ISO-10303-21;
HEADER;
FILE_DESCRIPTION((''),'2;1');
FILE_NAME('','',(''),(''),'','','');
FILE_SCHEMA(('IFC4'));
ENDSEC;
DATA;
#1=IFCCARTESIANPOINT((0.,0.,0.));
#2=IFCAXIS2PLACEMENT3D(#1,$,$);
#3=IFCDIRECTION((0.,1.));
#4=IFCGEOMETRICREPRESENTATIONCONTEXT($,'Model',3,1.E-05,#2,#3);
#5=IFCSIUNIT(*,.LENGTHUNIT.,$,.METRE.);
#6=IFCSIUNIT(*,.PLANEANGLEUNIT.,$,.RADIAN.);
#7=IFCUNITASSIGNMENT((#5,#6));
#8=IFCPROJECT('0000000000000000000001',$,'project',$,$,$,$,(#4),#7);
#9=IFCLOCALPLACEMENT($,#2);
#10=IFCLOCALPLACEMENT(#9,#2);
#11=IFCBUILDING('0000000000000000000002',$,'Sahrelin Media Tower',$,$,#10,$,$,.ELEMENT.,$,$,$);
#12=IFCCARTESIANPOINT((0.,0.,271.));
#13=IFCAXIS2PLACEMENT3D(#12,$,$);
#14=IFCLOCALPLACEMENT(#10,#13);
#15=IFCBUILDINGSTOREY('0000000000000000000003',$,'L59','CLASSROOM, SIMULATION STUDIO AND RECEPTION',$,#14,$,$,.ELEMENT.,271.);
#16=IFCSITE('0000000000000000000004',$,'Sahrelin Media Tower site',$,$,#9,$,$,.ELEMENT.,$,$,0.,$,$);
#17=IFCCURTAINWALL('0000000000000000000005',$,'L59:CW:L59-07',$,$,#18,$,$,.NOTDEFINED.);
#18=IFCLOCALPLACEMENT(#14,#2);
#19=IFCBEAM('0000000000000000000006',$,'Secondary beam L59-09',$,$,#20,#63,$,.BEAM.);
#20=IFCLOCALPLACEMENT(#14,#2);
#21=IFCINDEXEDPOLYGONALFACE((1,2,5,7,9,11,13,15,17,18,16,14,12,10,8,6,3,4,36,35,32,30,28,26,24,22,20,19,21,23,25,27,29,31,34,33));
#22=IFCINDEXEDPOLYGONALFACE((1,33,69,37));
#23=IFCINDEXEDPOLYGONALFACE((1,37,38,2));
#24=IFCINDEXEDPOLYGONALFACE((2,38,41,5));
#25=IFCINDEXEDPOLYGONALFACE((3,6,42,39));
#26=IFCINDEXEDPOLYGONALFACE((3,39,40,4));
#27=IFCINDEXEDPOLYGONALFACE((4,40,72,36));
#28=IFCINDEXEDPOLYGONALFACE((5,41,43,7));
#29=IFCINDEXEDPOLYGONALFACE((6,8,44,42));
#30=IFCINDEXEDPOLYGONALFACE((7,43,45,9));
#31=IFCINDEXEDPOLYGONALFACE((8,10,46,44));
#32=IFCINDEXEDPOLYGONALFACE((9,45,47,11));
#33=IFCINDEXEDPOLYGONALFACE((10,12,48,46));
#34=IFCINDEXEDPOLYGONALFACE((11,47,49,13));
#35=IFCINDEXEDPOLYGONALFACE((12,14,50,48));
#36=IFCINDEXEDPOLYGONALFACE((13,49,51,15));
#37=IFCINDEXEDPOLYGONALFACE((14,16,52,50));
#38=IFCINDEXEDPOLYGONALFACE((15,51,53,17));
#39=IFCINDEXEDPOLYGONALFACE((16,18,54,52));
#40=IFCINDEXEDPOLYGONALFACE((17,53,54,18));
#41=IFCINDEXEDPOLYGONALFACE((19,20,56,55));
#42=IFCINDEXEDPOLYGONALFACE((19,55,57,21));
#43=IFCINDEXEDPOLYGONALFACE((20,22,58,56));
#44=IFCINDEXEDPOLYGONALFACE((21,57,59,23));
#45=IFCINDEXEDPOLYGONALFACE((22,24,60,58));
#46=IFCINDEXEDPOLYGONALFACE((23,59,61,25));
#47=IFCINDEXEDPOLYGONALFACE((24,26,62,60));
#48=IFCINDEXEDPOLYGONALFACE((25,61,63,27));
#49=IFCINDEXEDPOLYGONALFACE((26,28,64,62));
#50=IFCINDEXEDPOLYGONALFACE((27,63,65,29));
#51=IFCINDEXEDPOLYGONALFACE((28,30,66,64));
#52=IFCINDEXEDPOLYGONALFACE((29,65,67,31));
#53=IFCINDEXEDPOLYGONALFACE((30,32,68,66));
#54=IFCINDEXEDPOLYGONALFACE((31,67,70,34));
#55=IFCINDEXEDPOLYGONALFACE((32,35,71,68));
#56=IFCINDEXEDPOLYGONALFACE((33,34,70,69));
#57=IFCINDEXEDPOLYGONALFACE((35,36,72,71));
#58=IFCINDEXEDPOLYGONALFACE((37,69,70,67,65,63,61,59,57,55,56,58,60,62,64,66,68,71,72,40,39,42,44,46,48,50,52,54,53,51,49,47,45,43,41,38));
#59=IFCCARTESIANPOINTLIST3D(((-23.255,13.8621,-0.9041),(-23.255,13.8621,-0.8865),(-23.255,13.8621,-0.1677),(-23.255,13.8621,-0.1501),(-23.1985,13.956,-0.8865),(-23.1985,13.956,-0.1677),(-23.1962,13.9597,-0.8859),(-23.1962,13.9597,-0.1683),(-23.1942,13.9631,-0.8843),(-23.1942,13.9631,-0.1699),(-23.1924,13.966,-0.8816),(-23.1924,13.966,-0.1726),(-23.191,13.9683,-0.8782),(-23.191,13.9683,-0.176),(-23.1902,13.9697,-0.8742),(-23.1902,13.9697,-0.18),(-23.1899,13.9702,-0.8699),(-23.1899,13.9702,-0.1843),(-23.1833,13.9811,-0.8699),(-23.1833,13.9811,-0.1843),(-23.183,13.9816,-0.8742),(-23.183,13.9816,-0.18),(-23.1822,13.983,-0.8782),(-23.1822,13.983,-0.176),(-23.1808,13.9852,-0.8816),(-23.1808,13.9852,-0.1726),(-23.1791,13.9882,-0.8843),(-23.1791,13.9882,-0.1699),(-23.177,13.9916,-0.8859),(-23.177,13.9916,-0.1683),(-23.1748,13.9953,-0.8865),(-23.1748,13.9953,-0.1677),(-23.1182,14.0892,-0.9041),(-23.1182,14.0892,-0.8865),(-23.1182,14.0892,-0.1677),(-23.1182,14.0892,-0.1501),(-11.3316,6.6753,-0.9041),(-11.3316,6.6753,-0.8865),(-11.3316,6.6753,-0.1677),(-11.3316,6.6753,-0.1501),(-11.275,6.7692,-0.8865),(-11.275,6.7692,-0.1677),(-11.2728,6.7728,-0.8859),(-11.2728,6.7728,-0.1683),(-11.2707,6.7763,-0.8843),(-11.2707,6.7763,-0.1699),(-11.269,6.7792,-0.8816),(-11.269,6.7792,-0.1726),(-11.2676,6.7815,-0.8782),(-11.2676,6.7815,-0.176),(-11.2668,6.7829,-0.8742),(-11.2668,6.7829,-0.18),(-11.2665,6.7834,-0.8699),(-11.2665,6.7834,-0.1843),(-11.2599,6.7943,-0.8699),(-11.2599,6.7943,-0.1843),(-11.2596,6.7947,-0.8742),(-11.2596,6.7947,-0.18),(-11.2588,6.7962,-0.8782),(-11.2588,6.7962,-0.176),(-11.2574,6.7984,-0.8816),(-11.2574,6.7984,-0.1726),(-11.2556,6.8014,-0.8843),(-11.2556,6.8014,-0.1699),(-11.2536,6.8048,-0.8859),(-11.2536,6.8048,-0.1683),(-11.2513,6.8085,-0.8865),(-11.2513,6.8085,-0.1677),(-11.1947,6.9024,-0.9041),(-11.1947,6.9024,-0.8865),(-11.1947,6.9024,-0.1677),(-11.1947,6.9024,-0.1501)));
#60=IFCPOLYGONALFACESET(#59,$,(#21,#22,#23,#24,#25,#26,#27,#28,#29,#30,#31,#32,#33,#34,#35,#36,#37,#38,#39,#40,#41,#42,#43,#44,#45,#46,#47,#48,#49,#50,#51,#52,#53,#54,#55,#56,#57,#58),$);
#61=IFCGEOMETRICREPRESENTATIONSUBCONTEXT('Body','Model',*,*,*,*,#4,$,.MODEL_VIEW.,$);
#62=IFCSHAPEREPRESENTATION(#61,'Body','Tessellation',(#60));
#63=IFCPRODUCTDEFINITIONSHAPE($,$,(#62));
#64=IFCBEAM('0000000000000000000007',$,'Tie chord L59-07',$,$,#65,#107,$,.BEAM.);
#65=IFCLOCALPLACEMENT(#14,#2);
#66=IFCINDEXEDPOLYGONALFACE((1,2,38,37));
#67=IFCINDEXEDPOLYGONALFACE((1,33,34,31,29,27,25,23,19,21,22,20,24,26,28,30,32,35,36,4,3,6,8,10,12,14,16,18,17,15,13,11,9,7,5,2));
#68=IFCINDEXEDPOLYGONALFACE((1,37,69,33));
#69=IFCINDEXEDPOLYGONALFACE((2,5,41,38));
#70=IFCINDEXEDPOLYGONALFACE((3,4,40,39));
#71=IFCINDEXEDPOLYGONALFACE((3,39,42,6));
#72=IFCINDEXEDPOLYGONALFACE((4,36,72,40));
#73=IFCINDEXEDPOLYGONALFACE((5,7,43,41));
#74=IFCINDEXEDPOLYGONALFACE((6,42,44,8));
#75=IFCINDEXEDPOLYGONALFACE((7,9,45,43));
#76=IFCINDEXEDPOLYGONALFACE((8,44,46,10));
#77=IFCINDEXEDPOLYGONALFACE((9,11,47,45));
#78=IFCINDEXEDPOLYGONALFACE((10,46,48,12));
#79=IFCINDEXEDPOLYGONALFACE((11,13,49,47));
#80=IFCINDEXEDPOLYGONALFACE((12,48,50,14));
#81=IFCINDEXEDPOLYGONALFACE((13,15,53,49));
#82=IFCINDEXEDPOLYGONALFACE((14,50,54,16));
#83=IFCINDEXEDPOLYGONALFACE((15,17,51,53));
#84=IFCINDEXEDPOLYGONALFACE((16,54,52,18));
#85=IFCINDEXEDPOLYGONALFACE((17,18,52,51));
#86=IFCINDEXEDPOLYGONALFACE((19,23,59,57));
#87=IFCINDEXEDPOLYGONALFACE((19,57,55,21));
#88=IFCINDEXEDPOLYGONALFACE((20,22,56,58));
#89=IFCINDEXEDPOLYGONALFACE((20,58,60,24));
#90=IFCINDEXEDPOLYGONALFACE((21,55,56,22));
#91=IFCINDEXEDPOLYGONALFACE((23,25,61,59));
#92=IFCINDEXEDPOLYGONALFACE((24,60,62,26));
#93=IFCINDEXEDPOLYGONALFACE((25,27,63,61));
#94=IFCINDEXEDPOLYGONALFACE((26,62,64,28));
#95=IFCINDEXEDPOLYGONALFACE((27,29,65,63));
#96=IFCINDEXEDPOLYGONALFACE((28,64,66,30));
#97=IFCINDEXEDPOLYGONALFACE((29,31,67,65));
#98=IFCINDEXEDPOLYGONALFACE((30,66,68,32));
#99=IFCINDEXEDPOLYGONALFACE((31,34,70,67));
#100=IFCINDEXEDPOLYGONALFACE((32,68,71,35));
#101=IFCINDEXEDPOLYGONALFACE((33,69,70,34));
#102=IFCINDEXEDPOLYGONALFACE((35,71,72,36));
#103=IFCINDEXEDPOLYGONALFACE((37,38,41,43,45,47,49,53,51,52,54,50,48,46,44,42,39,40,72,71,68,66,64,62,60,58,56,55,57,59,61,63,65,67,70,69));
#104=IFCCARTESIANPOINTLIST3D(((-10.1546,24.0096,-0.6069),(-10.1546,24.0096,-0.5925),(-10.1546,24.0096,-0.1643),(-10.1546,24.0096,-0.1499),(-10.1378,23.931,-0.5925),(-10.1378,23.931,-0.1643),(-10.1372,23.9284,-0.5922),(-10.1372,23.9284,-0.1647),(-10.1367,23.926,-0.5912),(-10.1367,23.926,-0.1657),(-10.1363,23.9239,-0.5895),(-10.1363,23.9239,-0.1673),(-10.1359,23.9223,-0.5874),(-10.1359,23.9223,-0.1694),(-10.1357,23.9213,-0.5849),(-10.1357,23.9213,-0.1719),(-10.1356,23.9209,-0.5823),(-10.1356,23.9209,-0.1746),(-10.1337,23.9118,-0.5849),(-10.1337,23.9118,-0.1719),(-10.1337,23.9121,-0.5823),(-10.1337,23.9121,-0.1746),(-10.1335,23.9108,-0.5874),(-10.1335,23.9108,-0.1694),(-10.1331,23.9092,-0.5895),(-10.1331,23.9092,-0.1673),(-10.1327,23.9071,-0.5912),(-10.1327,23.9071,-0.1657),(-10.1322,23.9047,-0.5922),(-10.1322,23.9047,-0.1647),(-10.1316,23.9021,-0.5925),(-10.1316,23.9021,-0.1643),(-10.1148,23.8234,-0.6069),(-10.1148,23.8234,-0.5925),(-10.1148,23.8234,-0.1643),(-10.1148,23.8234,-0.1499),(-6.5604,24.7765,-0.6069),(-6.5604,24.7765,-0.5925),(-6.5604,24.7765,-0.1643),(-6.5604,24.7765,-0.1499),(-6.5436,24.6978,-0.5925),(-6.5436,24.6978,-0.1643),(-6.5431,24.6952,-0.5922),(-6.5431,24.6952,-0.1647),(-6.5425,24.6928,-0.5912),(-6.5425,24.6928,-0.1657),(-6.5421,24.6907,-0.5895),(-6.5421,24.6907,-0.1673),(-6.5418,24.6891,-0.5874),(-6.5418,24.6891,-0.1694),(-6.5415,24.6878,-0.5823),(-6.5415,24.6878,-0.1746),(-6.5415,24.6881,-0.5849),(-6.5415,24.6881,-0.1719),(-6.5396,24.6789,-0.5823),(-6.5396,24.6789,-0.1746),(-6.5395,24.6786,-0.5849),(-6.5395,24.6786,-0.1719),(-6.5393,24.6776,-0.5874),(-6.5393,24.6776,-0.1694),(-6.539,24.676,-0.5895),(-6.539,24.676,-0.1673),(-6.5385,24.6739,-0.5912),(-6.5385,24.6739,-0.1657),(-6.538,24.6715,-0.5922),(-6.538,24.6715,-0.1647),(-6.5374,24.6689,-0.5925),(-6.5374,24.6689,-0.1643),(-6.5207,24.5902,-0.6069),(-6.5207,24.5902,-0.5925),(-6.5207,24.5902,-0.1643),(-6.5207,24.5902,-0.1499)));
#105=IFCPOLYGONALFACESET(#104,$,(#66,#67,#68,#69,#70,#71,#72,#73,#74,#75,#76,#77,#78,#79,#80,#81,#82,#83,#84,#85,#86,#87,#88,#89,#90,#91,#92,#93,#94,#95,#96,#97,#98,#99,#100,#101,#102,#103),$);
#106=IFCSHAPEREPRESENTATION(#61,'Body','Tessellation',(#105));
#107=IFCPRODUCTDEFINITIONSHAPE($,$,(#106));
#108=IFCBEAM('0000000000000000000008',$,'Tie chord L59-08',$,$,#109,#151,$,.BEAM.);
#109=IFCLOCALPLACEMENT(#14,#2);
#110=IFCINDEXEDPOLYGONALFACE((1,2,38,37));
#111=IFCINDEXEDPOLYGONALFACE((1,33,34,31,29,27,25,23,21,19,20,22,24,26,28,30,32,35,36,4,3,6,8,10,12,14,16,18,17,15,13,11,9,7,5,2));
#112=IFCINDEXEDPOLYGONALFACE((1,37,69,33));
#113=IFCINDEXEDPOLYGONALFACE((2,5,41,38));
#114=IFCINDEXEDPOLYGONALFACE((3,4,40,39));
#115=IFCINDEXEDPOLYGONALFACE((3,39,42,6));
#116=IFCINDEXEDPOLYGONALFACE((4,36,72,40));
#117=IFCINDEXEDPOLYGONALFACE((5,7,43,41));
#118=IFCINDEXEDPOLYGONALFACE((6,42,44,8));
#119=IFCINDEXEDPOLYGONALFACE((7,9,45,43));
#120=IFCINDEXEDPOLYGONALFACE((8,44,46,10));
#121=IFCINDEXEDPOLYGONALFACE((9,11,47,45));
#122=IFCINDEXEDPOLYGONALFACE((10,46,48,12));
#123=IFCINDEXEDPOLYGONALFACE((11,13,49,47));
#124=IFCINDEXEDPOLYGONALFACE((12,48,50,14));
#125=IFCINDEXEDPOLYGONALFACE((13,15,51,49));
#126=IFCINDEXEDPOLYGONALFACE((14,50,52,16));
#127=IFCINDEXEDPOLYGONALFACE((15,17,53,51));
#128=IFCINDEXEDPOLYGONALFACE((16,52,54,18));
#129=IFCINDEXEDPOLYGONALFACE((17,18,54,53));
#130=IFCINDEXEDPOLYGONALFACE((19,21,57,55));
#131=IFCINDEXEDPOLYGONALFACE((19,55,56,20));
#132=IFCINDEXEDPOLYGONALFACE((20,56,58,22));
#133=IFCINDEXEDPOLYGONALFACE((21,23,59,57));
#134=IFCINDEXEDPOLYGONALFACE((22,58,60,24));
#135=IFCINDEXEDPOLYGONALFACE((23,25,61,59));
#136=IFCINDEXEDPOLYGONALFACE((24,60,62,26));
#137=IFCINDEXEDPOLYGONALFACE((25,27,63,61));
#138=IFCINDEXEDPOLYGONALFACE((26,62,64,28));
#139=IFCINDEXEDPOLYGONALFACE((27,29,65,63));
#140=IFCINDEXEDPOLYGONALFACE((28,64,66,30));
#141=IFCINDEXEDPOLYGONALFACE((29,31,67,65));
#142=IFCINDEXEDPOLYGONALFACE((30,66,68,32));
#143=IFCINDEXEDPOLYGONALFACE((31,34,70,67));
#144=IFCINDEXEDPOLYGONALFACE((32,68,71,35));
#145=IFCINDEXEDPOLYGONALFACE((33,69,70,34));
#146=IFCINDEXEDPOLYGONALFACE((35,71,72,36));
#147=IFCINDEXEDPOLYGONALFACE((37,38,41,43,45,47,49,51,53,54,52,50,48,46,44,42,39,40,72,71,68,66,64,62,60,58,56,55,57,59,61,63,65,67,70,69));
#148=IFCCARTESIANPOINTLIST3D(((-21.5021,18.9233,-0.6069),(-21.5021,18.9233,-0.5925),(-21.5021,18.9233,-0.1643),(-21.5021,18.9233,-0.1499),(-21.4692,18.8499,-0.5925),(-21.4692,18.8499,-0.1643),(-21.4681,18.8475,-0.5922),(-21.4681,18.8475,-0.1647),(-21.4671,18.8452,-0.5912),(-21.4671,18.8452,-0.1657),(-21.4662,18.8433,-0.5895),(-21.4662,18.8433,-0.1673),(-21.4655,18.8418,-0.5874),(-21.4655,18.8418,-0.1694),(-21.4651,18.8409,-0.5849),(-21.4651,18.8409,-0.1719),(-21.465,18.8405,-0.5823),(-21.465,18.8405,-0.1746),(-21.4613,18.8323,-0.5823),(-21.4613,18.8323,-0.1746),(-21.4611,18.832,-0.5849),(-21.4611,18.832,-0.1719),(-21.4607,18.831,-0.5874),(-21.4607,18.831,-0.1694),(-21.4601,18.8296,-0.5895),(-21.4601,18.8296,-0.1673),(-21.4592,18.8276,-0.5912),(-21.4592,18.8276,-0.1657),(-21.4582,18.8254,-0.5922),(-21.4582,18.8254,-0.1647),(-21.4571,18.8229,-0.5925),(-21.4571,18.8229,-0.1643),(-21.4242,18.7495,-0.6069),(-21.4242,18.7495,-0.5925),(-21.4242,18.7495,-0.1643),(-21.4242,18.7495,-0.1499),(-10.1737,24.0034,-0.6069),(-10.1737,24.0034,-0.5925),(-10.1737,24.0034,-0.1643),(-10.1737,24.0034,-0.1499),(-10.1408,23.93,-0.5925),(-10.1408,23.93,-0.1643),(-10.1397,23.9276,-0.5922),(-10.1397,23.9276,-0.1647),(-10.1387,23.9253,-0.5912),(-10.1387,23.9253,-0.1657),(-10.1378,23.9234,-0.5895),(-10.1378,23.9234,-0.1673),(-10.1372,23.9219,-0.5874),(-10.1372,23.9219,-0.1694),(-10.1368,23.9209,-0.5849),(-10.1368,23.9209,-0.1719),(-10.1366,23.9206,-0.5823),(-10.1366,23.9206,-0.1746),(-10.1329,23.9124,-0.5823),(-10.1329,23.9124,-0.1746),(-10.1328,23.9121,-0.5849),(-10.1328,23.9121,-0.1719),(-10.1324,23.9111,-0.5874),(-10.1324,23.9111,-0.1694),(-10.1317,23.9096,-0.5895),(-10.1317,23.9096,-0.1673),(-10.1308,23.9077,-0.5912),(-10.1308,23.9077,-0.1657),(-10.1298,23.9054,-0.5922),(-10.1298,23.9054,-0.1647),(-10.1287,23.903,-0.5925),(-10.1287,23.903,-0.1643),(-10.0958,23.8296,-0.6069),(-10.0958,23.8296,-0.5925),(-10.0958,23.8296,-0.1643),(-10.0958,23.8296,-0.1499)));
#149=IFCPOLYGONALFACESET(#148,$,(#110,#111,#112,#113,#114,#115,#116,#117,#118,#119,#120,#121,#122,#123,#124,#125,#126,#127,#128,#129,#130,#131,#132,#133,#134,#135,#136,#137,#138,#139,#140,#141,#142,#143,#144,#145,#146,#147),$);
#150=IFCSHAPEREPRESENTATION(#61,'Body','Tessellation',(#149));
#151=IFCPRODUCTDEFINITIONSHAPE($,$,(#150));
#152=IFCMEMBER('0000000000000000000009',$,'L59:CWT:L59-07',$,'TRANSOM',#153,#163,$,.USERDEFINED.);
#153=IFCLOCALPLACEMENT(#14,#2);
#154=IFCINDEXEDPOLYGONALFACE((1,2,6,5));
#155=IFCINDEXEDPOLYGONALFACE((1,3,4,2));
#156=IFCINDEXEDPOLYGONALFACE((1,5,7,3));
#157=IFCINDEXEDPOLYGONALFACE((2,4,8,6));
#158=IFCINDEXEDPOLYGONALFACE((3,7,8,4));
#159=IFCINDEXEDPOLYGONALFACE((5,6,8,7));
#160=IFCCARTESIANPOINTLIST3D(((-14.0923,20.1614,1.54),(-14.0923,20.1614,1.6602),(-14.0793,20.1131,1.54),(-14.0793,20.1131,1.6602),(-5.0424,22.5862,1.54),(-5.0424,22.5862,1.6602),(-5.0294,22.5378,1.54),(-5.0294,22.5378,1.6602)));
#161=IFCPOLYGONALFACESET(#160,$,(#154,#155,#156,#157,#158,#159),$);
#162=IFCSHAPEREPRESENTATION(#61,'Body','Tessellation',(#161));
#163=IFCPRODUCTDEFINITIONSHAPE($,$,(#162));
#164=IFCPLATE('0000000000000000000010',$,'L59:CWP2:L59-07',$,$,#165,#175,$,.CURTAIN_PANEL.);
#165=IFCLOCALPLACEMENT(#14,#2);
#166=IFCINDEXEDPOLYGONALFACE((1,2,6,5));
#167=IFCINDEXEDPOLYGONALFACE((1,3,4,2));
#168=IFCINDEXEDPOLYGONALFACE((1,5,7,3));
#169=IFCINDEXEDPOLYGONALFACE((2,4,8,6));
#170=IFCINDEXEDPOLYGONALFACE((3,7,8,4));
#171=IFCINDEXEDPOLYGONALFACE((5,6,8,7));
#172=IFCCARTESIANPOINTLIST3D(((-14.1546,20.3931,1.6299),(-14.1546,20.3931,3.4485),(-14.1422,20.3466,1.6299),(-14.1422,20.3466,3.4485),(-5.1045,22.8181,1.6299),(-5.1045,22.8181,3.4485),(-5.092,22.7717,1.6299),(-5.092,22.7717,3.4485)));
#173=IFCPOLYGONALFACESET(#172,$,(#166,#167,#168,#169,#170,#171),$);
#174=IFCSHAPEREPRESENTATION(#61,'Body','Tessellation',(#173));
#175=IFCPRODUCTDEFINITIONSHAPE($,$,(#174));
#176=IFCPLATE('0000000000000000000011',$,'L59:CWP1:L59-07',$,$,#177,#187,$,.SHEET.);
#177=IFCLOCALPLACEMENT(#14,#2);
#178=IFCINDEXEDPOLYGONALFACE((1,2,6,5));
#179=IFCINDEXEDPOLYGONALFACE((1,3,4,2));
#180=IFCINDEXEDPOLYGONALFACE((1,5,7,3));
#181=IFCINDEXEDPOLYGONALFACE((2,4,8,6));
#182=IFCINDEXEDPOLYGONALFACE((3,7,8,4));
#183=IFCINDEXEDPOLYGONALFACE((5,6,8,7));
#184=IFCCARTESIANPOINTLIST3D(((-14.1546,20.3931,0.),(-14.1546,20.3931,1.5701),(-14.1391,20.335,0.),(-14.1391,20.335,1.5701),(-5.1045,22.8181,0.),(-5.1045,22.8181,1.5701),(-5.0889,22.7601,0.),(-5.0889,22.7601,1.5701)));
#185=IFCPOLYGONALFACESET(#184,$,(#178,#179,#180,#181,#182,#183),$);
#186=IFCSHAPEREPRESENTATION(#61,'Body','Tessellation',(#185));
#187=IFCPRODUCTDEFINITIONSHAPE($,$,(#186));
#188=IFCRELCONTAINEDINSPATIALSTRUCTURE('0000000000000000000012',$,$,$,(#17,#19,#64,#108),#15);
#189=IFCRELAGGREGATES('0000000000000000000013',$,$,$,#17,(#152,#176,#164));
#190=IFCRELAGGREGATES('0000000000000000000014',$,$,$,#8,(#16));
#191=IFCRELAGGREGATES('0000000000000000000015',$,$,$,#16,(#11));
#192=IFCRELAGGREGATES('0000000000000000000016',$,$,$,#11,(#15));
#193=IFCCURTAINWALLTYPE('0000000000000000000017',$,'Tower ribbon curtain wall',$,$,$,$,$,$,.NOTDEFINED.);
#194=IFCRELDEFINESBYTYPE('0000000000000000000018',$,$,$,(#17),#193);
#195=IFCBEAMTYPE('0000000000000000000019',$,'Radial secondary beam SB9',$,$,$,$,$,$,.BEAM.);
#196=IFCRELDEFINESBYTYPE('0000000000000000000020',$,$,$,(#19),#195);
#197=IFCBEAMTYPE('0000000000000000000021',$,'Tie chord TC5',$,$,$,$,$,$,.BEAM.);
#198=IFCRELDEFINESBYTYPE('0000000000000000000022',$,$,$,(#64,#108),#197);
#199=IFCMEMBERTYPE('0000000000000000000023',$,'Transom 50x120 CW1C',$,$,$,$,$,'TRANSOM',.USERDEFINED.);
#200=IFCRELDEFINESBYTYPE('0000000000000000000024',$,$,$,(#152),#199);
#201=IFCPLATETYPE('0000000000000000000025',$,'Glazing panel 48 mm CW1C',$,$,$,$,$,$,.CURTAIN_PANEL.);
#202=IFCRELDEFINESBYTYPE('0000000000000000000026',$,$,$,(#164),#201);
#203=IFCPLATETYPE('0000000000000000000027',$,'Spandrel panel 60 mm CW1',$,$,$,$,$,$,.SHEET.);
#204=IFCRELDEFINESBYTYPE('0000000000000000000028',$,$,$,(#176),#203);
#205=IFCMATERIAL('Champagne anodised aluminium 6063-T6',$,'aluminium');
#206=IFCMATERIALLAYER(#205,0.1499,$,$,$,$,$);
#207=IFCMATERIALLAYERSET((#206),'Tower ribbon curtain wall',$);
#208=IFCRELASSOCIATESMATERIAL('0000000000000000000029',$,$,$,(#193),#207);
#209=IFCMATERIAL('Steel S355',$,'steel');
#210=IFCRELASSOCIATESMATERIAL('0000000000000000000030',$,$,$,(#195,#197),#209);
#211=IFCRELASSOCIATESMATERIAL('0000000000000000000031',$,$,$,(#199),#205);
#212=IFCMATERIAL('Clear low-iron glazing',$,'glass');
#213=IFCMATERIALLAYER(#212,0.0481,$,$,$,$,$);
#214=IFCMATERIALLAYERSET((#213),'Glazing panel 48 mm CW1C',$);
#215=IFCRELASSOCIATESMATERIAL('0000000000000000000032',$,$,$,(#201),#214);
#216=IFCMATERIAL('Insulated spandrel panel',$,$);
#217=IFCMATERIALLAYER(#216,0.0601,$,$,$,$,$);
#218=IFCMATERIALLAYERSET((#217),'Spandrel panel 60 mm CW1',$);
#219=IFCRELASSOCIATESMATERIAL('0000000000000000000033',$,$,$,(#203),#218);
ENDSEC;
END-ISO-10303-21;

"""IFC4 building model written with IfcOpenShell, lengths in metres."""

from ifc_helpers import new_model, si_unit, direction, frame, origin, origin_2d, place, context, subcontext, project, spatial, polyline, rectangle, i_section, outline, extrude, material, layer, layer_set, material_profile, profile_set, type_object, element, aggregate, save


model = new_model("IFC4")

# Units and contexts
model_context = context("Model", 3, precision=1e-05, world=origin(), true_north=direction((0.0, 1.0)))
body_context = subcontext(model_context, "Body", "Model", "MODEL_VIEW")
ifc_project = project(units=[si_unit("LENGTHUNIT", "METRE"), si_unit("PLANEANGLEUNIT", "RADIAN")], contexts=[model_context])

# Site, building, storey
site_placement = place(None, origin())
site = spatial("IfcSite", under=ifc_project, at=site_placement, Name="Sahrelin Media Tower site", CompositionType="ELEMENT", RefElevation=0.0)
building_placement = place(site_placement, origin())
building = spatial("IfcBuilding", under=site, at=building_placement, Name="Sahrelin Media Tower", CompositionType="ELEMENT")
storey_placement = place(building_placement, frame((0.0, 0.0, 271.0)))
storey = spatial("IfcBuildingStorey", under=building, at=storey_placement, Name="L59", Description="CLASSROOM, SIMULATION STUDIO AND RECEPTION", CompositionType="ELEMENT", Elevation=271.0)

# Shared definitions
ifc_material_1 = material(Name="Steel S355", Category="steel")

# Curtain wall
ifc_material_2 = material(Name="Champagne anodised aluminium 6063-T6", Category="aluminium")
ifc_layer_1 = layer(ifc_material_2, 0.1499)
ifc_layer_set_1 = layer_set([ifc_layer_1], Name="Tower ribbon curtain wall")
curtain_wall_type = type_object("IfcCurtainWallType", Name="Tower ribbon curtain wall", PredefinedType="NOTDEFINED", material=ifc_layer_set_1)
curtain_wall_1_placement = place(storey_placement, frame((-9.6243, 21.5862, 0.0), z_axis=(0.0, 0.0, 1.0), x_axis=(1.0, 0.0, 0.0)))
curtain_wall_1 = element("IfcCurtainWall", 1, at=curtain_wall_1_placement, inside=storey, type_object=curtain_wall_type, Name="L59:CW:L59-07", PredefinedType="NOTDEFINED")

# Beams
ifc_material_profile_1 = material_profile(ifc_material_1, i_section(OverallWidth=0.2651, OverallDepth=0.7539, WebThickness=0.0127, FlangeThickness=0.0176, FilletRadius=0.0166, at=origin_2d()), Name="UB 762x267x147")
ifc_profile_set_1 = profile_set([ifc_material_profile_1], Name="Steel S355")
beam_type_1 = type_object("IfcBeamType", Name="Radial secondary beam SB9", PredefinedType="BEAM", material=ifc_profile_set_1)
beam_1_placement = place(storey_placement, frame((-11.2632, 6.7888, -0.5271), z_axis=(-0.856453, 0.516225, 0.0), x_axis=(-0.516225, -0.856453, 0.0)))
element("IfcBeam", 2, at=beam_1_placement, inside=storey, type_object=beam_type_1, Name="Secondary beam L59-09", PredefinedType="BEAM", context=body_context, shape_type="SweptSolid", body=[
    extrude(i_section(OverallWidth=0.2651, OverallDepth=0.7539, WebThickness=0.0127, FlangeThickness=0.0176, FilletRadius=0.0166, at=origin_2d()), origin(), (0.0, 0.0, 1.0), 13.9219),
])
ifc_material_profile_2 = material_profile(ifc_material_1, i_section(OverallWidth=0.1904, OverallDepth=0.457, WebThickness=0.009, FlangeThickness=0.0144, FilletRadius=0.0103, at=origin_2d()), Name="UB 457x191x74")
ifc_profile_set_2 = profile_set([ifc_material_profile_2], Name="Steel S355")
beam_type_2 = type_object("IfcBeamType", Name="Tie chord TC5", PredefinedType="BEAM", material=ifc_profile_set_2)
beam_2_placement = place(storey_placement, frame((-6.5405, 24.6833, -0.3784), z_axis=(-0.977989, -0.208658, 0.0), x_axis=(0.208658, -0.977989, 0.0)))
element("IfcBeam", 3, at=beam_2_placement, inside=storey, type_object=beam_type_2, Name="Tie chord L59-07", PredefinedType="BEAM", context=body_context, shape_type="SweptSolid", body=[
    extrude(i_section(OverallWidth=0.1904, OverallDepth=0.457, WebThickness=0.009, FlangeThickness=0.0144, FilletRadius=0.0103, at=origin_2d()), origin(), (0.0, 0.0, 1.0), 3.675),
])
beam_3_placement = place(storey_placement, frame((-10.1348, 23.9165, -0.3784), z_axis=(-0.912454, -0.40918, 0.0), x_axis=(0.40918, -0.912454, 0.0)))
element("IfcBeam", 4, at=beam_3_placement, inside=storey, type_object=beam_type_2, Name="Tie chord L59-08", PredefinedType="BEAM", context=body_context, shape_type="SweptSolid", body=[
    extrude(i_section(OverallWidth=0.1904, OverallDepth=0.457, WebThickness=0.009, FlangeThickness=0.0144, FilletRadius=0.0103, at=origin_2d()), origin(), (0.0, 0.0, 1.0), 12.4153),
])

# Member
ifc_material_profile_3 = material_profile(ifc_material_2, rectangle(XDim=0.05, YDim=0.1201, at=origin_2d()), Name="Transom 50x120")
ifc_profile_set_3 = profile_set([ifc_material_profile_3], Name="Champagne anodised aluminium 6063-T6")
member_type_1 = type_object("IfcMemberType", Name="Transom 50x120 CW1C", ElementType="TRANSOM", PredefinedType="USERDEFINED", material=ifc_profile_set_3)
member_1_placement = place(storey_placement, frame((-5.0359, 22.562, 1.6001), z_axis=(-0.96593, -0.258804, 0.0), x_axis=(0.258804, -0.96593, 0.0)))
member_1 = element("IfcMember", 5, at=member_1_placement, type_object=member_type_1, Name="L59:CWT:L59-07", ObjectType="TRANSOM", PredefinedType="USERDEFINED", context=body_context, shape_type="SweptSolid", body=[
    extrude(rectangle(XDim=0.05, YDim=0.1201, at=origin_2d()), origin(), (0.0, 0.0, 1.0), 9.3691),
])

# Plates
ifc_material_3 = material(Name="Clear low-iron glazing", Category="glass")
ifc_layer_2 = layer(ifc_material_3, 0.0481)
ifc_layer_set_2 = layer_set([ifc_layer_2], Name="Glazing panel 48 mm CW1C")
plate_type_1 = type_object("IfcPlateType", Name="Glazing panel 48 mm CW1C", PredefinedType="CURTAIN_PANEL", material=ifc_layer_set_2)
plate_1_placement = place(storey_placement, frame((-5.1045, 22.8181, 1.6299), z_axis=(-0.258829, 0.965923, 0.0), x_axis=(-0.965923, -0.258829, 0.0)))
plate_1 = element("IfcPlate", 6, at=plate_1_placement, type_object=plate_type_1, Name="L59:CWP2:L59-07", PredefinedType="CURTAIN_PANEL", context=body_context, shape_type="SweptSolid", body=[
    extrude(outline(polyline([(0.0, 0.0), (9.3694, 0.0), (9.3694, 1.8186), (0.0, 1.8186), (0.0, 0.0)])), origin(), (0.0, 0.0, -1.0), 0.0481),
])
ifc_material_4 = material(Name="Insulated spandrel panel")
ifc_layer_3 = layer(ifc_material_4, 0.0601)
ifc_layer_set_3 = layer_set([ifc_layer_3], Name="Spandrel panel 60 mm CW1")
plate_type_2 = type_object("IfcPlateType", Name="Spandrel panel 60 mm CW1", PredefinedType="SHEET", material=ifc_layer_set_3)
plate_2_placement = place(storey_placement, frame((-5.1045, 22.8181, 0.0), z_axis=(-0.258829, 0.965923, 0.0), x_axis=(-0.965923, -0.258829, 0.0)))
plate_2 = element("IfcPlate", 7, at=plate_2_placement, type_object=plate_type_2, Name="L59:CWP1:L59-07", PredefinedType="SHEET", context=body_context, shape_type="SweptSolid", body=[
    extrude(outline(polyline([(0.0, 0.0), (9.3694, 0.0), (9.3694, 1.5701), (0.0, 1.5701), (0.0, 0.0)])), origin(), (0.0, 0.0, -1.0), 0.0601),
])
aggregate(curtain_wall_1, [member_1, plate_2, plate_1])

save(model, "model.ifc")
